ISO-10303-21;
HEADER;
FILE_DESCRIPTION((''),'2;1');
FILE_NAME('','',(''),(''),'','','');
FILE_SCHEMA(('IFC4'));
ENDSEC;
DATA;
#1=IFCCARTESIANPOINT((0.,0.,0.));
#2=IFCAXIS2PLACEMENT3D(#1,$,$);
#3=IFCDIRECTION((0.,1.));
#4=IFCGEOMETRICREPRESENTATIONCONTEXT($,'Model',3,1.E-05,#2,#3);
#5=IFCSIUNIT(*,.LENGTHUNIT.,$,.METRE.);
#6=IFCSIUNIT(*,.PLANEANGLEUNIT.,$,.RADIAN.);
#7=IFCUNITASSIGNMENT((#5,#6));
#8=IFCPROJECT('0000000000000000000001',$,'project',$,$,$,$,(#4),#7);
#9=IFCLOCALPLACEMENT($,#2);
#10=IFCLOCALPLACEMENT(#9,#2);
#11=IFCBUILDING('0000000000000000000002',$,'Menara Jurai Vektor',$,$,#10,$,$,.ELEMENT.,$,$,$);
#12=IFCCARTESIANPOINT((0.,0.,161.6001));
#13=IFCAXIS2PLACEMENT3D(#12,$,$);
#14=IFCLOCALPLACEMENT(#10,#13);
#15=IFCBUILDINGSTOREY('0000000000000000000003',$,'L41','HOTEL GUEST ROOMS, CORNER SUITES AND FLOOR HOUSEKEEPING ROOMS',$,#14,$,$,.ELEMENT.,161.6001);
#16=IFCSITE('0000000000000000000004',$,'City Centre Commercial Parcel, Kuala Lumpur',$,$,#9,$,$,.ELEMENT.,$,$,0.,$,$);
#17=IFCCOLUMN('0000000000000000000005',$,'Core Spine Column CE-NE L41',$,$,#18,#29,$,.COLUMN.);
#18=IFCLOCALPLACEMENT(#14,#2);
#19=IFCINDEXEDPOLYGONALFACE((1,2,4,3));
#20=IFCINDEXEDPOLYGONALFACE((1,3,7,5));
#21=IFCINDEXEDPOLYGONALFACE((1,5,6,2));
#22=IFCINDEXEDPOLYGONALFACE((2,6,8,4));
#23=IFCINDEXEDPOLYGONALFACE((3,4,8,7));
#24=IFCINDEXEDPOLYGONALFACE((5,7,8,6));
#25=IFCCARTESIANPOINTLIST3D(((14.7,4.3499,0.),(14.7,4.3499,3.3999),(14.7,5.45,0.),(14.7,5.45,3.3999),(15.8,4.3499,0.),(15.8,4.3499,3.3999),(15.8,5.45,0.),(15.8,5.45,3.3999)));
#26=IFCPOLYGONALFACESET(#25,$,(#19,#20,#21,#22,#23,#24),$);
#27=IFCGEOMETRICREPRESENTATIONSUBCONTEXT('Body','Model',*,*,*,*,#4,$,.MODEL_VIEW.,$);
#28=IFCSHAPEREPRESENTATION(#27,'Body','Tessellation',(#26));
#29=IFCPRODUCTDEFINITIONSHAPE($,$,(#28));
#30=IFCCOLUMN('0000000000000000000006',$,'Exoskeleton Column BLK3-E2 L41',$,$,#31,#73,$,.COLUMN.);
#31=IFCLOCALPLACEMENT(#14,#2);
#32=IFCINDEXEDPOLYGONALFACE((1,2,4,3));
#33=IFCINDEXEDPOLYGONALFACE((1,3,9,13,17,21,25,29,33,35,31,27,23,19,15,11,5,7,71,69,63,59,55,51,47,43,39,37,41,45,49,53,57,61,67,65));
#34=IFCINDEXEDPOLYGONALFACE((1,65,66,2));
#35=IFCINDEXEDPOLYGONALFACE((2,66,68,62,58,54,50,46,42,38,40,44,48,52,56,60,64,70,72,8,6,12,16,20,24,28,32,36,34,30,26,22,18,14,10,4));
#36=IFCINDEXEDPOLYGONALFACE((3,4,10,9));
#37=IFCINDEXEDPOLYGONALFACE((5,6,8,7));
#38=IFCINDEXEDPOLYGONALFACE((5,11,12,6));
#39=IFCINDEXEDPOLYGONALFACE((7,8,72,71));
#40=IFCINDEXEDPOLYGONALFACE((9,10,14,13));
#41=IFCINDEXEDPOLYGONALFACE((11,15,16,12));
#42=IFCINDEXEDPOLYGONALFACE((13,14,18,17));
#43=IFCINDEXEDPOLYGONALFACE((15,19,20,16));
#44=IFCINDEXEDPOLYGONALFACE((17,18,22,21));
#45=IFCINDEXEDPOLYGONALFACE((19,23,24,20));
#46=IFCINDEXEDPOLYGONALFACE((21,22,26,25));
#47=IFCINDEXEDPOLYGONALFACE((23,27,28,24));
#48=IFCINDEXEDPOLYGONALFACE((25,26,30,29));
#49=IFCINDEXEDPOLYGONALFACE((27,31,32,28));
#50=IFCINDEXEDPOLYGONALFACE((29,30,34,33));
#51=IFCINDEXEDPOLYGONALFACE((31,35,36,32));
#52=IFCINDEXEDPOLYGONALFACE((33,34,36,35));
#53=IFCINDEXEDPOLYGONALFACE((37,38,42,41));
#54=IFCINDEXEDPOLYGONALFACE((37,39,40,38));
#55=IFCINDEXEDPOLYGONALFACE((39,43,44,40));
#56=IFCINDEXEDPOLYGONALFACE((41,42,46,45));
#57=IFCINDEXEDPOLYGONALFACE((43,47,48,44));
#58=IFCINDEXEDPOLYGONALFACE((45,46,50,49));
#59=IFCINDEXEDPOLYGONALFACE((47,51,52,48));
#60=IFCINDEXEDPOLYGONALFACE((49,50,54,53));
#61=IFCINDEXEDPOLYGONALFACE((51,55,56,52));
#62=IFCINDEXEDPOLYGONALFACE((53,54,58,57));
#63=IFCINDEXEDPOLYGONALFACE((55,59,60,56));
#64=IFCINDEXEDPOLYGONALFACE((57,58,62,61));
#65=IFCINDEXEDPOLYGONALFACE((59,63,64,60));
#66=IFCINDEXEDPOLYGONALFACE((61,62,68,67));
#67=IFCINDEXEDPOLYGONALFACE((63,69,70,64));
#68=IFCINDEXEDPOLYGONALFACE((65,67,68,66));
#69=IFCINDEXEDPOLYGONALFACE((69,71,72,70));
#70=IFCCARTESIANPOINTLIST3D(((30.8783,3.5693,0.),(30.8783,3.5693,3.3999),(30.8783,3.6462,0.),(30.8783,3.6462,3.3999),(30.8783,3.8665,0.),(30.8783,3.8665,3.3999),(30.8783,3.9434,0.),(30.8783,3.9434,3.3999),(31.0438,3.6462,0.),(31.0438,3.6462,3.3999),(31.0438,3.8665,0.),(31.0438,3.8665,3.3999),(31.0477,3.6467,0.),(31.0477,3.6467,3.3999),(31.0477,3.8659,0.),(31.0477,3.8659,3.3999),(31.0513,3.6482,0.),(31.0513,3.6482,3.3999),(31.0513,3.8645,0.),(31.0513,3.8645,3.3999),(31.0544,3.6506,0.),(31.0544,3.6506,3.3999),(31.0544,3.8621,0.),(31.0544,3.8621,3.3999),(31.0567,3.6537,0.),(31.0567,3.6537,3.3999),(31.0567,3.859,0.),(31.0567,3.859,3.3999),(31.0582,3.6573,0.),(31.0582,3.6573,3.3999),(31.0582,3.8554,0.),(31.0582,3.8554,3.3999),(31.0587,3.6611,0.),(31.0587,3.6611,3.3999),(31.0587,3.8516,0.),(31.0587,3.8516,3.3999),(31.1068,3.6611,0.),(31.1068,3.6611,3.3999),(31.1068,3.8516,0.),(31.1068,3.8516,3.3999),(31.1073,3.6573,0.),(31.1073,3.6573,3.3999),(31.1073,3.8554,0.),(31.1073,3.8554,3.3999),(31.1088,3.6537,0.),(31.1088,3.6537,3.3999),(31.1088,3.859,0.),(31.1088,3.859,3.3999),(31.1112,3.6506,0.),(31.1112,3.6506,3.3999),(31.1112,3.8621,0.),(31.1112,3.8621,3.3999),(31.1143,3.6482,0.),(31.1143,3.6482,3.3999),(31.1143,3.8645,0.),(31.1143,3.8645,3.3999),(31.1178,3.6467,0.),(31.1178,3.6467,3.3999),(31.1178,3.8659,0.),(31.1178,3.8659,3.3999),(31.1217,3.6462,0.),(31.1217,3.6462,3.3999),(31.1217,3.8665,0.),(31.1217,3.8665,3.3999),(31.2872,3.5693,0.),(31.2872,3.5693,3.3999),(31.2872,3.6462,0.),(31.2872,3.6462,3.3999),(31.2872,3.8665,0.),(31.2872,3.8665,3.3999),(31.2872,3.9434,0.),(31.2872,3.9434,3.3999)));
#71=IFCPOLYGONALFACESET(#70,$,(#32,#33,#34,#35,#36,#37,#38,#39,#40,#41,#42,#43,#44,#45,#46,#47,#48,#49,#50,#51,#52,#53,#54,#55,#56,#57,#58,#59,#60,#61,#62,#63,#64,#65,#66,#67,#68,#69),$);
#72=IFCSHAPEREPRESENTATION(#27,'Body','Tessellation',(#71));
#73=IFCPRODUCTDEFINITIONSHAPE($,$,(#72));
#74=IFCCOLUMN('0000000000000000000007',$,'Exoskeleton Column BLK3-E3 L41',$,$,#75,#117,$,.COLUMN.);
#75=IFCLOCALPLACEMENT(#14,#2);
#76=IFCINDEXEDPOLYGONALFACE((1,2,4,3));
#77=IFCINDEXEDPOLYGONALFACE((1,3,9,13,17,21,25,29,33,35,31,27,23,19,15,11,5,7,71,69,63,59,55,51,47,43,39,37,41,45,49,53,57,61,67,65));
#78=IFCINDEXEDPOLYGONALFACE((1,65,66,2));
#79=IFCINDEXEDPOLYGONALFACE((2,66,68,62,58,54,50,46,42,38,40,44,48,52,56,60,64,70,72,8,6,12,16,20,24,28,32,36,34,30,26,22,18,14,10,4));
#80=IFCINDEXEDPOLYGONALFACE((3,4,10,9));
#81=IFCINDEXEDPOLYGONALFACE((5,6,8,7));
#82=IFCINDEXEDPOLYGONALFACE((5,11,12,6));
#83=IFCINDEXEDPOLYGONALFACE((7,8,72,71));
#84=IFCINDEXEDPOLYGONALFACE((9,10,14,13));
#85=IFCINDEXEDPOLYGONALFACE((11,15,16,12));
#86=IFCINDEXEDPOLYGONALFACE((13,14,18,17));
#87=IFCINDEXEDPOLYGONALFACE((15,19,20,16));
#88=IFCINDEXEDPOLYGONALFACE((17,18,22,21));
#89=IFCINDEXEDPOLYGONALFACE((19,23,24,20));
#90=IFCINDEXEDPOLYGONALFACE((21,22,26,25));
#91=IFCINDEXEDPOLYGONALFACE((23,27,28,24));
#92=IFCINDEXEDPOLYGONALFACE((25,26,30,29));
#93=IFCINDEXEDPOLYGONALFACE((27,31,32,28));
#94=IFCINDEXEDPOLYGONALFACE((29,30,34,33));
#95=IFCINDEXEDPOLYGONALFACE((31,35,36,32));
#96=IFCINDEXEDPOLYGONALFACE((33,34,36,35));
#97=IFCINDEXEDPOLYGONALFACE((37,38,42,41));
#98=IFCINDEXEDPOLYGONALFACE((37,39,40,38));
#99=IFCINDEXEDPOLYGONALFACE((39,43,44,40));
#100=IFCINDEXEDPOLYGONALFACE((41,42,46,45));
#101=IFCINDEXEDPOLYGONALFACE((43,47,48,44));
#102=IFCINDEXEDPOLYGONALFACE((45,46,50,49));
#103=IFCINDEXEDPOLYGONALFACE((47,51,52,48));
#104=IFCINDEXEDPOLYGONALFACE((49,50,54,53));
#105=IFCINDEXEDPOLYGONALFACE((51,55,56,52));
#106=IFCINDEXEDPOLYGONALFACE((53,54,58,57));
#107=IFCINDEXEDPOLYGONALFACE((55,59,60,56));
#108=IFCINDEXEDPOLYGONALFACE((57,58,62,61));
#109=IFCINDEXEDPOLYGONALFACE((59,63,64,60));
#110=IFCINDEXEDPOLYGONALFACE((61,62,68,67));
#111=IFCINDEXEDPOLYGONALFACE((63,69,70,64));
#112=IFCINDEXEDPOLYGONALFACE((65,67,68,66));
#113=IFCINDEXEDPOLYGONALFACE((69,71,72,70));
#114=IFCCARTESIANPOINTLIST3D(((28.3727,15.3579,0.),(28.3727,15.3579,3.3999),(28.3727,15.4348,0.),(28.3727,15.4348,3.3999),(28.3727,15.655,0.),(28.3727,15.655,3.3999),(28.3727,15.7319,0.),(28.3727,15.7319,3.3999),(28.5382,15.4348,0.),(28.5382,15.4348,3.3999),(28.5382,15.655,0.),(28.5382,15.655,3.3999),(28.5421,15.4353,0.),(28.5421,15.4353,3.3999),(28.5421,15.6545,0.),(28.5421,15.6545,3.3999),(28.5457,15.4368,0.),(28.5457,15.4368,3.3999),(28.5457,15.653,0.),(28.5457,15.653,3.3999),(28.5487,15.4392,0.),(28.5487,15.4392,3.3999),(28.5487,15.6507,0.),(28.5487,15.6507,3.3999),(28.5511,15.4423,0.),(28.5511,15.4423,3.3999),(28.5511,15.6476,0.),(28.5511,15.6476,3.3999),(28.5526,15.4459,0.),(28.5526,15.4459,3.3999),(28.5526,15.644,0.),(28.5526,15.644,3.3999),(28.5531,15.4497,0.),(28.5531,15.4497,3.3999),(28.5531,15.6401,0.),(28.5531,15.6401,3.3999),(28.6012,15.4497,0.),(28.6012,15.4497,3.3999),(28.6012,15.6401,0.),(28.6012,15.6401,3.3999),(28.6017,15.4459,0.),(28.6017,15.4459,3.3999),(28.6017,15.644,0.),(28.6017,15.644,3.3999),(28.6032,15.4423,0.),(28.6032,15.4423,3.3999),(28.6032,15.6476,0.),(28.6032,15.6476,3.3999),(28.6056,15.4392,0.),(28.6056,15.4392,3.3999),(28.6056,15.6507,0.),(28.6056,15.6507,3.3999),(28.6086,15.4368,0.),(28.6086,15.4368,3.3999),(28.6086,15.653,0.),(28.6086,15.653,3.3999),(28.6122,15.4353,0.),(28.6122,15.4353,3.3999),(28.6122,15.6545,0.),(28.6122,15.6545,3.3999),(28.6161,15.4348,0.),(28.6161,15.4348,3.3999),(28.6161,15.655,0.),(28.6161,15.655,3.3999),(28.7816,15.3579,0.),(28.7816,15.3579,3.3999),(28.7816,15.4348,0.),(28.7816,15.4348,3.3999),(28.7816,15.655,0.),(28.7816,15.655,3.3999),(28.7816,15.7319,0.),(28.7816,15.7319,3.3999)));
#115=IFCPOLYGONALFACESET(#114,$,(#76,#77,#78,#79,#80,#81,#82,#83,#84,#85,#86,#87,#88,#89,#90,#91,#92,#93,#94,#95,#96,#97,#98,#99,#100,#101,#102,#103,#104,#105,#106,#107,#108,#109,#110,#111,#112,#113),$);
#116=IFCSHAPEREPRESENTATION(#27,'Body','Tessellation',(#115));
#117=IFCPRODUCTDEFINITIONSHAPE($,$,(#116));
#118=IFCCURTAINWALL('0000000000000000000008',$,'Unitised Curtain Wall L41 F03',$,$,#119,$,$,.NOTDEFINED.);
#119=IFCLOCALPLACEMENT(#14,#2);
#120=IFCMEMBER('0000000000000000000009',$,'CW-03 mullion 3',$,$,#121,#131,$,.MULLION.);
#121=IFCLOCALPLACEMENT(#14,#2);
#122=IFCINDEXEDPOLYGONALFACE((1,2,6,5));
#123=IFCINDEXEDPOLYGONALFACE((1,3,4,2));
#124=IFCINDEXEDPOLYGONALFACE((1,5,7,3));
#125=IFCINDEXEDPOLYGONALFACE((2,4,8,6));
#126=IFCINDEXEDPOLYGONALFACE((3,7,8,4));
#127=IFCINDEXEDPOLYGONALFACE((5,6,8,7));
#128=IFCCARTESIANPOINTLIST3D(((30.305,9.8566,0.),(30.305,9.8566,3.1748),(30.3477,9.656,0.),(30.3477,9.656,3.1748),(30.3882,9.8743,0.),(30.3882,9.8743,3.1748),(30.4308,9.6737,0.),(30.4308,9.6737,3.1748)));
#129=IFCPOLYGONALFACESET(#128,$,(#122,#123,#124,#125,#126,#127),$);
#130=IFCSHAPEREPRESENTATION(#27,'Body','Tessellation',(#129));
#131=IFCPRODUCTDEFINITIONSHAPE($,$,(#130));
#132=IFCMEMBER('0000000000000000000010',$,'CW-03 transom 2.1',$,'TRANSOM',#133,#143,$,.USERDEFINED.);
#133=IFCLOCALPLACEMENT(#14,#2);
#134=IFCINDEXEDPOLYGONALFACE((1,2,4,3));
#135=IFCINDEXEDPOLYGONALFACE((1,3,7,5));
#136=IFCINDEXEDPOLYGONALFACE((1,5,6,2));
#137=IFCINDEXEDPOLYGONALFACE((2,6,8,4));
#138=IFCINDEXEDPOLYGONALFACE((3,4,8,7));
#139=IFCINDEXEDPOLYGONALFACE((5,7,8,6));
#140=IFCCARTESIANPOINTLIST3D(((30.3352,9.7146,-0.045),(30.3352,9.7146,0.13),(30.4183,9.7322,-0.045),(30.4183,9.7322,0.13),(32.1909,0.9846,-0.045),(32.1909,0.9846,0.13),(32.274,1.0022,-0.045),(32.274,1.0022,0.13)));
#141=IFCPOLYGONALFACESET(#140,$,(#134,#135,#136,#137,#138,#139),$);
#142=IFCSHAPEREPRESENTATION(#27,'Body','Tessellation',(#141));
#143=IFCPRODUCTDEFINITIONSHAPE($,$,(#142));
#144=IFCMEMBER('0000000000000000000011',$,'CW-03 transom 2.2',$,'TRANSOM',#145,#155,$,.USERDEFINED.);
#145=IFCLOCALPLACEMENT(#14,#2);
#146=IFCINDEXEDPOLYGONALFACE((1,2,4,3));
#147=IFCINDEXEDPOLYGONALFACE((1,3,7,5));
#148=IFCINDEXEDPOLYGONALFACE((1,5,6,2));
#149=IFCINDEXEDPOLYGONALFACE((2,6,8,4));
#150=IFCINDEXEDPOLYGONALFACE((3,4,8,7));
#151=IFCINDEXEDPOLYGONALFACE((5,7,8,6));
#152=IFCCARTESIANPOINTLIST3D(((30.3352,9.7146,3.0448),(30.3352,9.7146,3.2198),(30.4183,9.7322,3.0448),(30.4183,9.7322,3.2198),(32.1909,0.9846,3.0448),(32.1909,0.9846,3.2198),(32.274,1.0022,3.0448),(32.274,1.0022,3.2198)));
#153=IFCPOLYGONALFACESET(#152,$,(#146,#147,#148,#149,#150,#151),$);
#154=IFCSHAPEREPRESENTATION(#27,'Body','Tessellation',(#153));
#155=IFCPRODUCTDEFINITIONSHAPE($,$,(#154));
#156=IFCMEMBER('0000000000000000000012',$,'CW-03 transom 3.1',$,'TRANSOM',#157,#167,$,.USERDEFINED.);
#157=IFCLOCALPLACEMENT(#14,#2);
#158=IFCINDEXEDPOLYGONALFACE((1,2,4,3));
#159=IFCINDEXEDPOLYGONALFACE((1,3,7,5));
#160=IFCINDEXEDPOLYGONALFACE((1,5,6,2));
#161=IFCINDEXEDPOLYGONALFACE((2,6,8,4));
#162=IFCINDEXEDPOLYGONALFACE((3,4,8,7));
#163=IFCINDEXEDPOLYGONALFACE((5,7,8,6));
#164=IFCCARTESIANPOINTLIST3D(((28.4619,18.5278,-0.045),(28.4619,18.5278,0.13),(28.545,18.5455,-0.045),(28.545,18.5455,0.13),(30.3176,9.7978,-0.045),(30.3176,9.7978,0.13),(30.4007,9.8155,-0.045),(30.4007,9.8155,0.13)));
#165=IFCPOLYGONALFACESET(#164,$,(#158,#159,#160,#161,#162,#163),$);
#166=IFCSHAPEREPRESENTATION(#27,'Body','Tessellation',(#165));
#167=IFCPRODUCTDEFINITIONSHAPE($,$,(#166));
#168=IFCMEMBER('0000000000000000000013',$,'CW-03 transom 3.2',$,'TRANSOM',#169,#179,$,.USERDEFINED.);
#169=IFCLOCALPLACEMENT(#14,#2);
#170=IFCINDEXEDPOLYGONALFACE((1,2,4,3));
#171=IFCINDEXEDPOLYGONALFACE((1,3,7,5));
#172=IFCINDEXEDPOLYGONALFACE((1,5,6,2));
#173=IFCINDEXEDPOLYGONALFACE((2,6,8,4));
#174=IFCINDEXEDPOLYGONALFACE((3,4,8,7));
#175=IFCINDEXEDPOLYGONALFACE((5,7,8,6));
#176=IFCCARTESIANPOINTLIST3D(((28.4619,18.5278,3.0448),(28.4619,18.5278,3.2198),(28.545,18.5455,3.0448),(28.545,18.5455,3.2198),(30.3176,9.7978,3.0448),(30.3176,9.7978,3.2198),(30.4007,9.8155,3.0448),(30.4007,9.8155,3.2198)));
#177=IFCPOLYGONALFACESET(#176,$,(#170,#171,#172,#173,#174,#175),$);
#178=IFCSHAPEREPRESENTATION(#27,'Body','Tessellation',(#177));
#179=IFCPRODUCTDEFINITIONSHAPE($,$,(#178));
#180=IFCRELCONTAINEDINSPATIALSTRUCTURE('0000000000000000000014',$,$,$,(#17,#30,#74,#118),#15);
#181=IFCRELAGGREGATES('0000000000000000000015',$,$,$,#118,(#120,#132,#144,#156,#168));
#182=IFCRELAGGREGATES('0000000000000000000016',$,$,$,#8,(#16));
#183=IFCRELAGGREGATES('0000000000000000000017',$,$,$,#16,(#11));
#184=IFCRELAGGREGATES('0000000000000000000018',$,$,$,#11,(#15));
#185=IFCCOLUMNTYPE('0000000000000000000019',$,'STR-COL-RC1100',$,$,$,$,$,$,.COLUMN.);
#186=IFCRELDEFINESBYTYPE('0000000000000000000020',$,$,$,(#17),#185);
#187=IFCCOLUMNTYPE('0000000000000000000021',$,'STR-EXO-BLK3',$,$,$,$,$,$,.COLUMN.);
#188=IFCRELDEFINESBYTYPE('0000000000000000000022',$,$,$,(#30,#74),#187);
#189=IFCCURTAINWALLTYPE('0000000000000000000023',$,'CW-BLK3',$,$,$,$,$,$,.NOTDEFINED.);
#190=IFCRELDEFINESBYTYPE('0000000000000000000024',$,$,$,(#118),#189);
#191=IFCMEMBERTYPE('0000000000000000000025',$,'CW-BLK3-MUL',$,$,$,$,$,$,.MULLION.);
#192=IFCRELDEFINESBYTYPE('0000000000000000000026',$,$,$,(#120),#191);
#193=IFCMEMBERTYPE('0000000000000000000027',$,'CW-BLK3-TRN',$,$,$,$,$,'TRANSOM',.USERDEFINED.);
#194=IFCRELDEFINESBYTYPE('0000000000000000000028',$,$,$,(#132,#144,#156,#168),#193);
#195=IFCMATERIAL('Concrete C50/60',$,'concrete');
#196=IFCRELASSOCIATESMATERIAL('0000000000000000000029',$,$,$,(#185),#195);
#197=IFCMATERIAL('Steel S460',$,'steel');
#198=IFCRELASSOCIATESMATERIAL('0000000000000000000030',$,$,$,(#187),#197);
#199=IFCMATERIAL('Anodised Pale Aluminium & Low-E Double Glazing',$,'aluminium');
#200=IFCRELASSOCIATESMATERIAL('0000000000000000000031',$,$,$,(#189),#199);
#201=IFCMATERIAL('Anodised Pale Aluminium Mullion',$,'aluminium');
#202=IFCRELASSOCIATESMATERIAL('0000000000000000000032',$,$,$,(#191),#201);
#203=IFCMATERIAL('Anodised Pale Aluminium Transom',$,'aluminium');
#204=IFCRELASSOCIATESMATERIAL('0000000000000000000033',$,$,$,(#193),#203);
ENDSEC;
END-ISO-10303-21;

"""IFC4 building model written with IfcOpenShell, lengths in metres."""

from ifc_helpers import new_model, si_unit, direction, frame, origin, origin_2d, place, context, subcontext, project, spatial, rectangle, i_section, extrude, material, material_profile, profile_set, type_object, element, aggregate, save


model = new_model("IFC4")

# Units and contexts
model_context = context("Model", 3, precision=1e-05, world=origin(), true_north=direction((0.0, 1.0)))
body_context = subcontext(model_context, "Body", "Model", "MODEL_VIEW")
ifc_project = project(units=[si_unit("LENGTHUNIT", "METRE"), si_unit("PLANEANGLEUNIT", "RADIAN")], contexts=[model_context])

# Site, building, storey
site_placement = place(None, origin())
site = spatial("IfcSite", under=ifc_project, at=site_placement, Name="City Centre Commercial Parcel, Kuala Lumpur", CompositionType="ELEMENT", RefElevation=0.0)
building_placement = place(site_placement, origin())
building = spatial("IfcBuilding", under=site, at=building_placement, Name="Menara Jurai Vektor", CompositionType="ELEMENT")
storey_placement = place(building_placement, frame((0.0, 0.0, 161.6001)))
storey = spatial("IfcBuildingStorey", under=building, at=storey_placement, Name="L41", Description="HOTEL GUEST ROOMS, CORNER SUITES AND FLOOR HOUSEKEEPING ROOMS", CompositionType="ELEMENT", Elevation=161.6001)

# Columns
ifc_material_1 = material(Name="Concrete C50/60", Category="concrete")
ifc_material_profile_1 = material_profile(ifc_material_1, rectangle(XDim=1.1001, YDim=1.1001, at=origin_2d()), Name="RC 1100x1100")
ifc_profile_set_1 = profile_set([ifc_material_profile_1], Name="Concrete C50/60")
column_type_1 = type_object("IfcColumnType", Name="STR-COL-RC1100", PredefinedType="COLUMN", material=ifc_profile_set_1)
column_placement = place(storey_placement, frame((15.25, 4.8999, 0.0), z_axis=(0.0, 0.0, 1.0), x_axis=(1.0, 0.0, 0.0)))
element("IfcColumn", 1, at=column_placement, inside=storey, type_object=column_type_1, Name="Core Spine Column CE-NE L41", PredefinedType="COLUMN", context=body_context, shape_type="SweptSolid", body=[
    extrude(rectangle(XDim=1.1001, YDim=1.1001, at=origin_2d()), origin(), (0.0, 0.0, 1.0), 3.3999),
])
ifc_material_2 = material(Name="Steel S460", Category="steel")
ifc_material_profile_2 = material_profile(ifc_material_2, i_section(OverallWidth=0.4089, OverallDepth=0.374, WebThickness=0.0481, FlangeThickness=0.0769, FilletRadius=0.0149, at=origin_2d()), Name="HD 400x634")
ifc_profile_set_2 = profile_set([ifc_material_profile_2], Name="Steel S460")
column_type_2 = type_object("IfcColumnType", Name="STR-EXO-BLK3", PredefinedType="COLUMN", material=ifc_profile_set_2)
for number, where, z_axis, x_axis, name in (
    (2, (31.0828, 3.7563, 0.0), (0.0, 0.0, 1.0), (1.0, 0.0, 0.0), "Exoskeleton Column BLK3-E2 L41"),
    (3, (28.5771, 15.5449, 0.0), (0.0, 0.0, 1.0), (1.0, 0.0, 0.0), "Exoskeleton Column BLK3-E3 L41"),
):
    element("IfcColumn", number, at=place(storey_placement, frame(where, z_axis=z_axis, x_axis=x_axis)), inside=storey, type_object=column_type_2, Name=name, PredefinedType="COLUMN", context=body_context, shape_type="SweptSolid", body=[
        extrude(i_section(OverallWidth=0.4089, OverallDepth=0.374, WebThickness=0.0481, FlangeThickness=0.0769, FilletRadius=0.0149, at=origin_2d()), origin(), (0.0, 0.0, 1.0), 3.3999),
    ])

# Curtain wall, members
ifc_material_3 = material(Name="Anodised Pale Aluminium & Low-E Double Glazing", Category="aluminium")
curtain_wall_type = type_object("IfcCurtainWallType", Name="CW-BLK3", PredefinedType="NOTDEFINED", material=ifc_material_3)
curtain_wall_placement = place(storey_placement, origin())
curtain_wall = element("IfcCurtainWall", 4, at=curtain_wall_placement, inside=storey, type_object=curtain_wall_type, Name="Unitised Curtain Wall L41 F03", PredefinedType="NOTDEFINED")
ifc_material_4 = material(Name="Anodised Pale Aluminium Mullion", Category="aluminium")
ifc_material_profile_3 = material_profile(ifc_material_4, rectangle(XDim=0.085, YDim=0.2051, at=origin_2d()), Name="ALU MUL 85x205")
ifc_profile_set_3 = profile_set([ifc_material_profile_3], Name="Anodised Pale Aluminium Mullion")
member_type_1 = type_object("IfcMemberType", Name="CW-BLK3-MUL", PredefinedType="MULLION", material=ifc_profile_set_3)
member_1_placement = place(storey_placement, frame((30.3679, 9.7651, 0.0), z_axis=(0.0, 0.0, 1.0), x_axis=(-0.978148, -0.20791, 0.0)))
member_1 = element("IfcMember", 5, at=member_1_placement, type_object=member_type_1, Name="CW-03 mullion 3", PredefinedType="MULLION", context=body_context, shape_type="SweptSolid", body=[
    extrude(rectangle(XDim=0.085, YDim=0.2051, at=origin_2d()), origin(), (0.0, 0.0, 1.0), 3.1748),
])
ifc_material_5 = material(Name="Anodised Pale Aluminium Transom", Category="aluminium")
ifc_material_profile_4 = material_profile(ifc_material_5, rectangle(XDim=0.085, YDim=0.175, at=origin_2d()), Name="ALU TRN 85x175")
ifc_profile_set_4 = profile_set([ifc_material_profile_4], Name="Anodised Pale Aluminium Transom")
member_type_2 = type_object("IfcMemberType", Name="CW-BLK3-TRN", ElementType="TRANSOM", PredefinedType="USERDEFINED", material=ifc_profile_set_4)
member_2_placement = place(storey_placement, frame((32.2324, 0.9934, 0.0425), z_axis=(-0.207922, 0.978145, 0.0), x_axis=(-0.978145, -0.207922, 0.0)))
member_2 = element("IfcMember", 6, at=member_2_placement, type_object=member_type_2, Name="CW-03 transom 2.1", ObjectType="TRANSOM", PredefinedType="USERDEFINED", context=body_context, shape_type="SweptSolid", body=[
    extrude(rectangle(XDim=0.085, YDim=0.175, at=origin_2d()), origin(), (0.0, 0.0, 1.0), 8.925),
])
member_3_placement = place(storey_placement, frame((32.2324, 0.9934, 3.1323), z_axis=(-0.207922, 0.978145, 0.0), x_axis=(-0.978145, -0.207922, 0.0)))
member_3 = element("IfcMember", 7, at=member_3_placement, type_object=member_type_2, Name="CW-03 transom 2.2", ObjectType="TRANSOM", PredefinedType="USERDEFINED", context=body_context, shape_type="SweptSolid", body=[
    extrude(rectangle(XDim=0.085, YDim=0.175, at=origin_2d()), origin(), (0.0, 0.0, 1.0), 8.925),
])
member_4_placement = place(storey_placement, frame((30.3591, 9.8066, 0.0425), z_axis=(-0.207922, 0.978145, 0.0), x_axis=(-0.978145, -0.207922, 0.0)))
member_4 = element("IfcMember", 8, at=member_4_placement, type_object=member_type_2, Name="CW-03 transom 3.1", ObjectType="TRANSOM", PredefinedType="USERDEFINED", context=body_context, shape_type="SweptSolid", body=[
    extrude(rectangle(XDim=0.085, YDim=0.175, at=origin_2d()), origin(), (0.0, 0.0, 1.0), 8.925),
])
member_5_placement = place(storey_placement, frame((30.3591, 9.8066, 3.1323), z_axis=(-0.207922, 0.978145, 0.0), x_axis=(-0.978145, -0.207922, 0.0)))
member_5 = element("IfcMember", 9, at=member_5_placement, type_object=member_type_2, Name="CW-03 transom 3.2", ObjectType="TRANSOM", PredefinedType="USERDEFINED", context=body_context, shape_type="SweptSolid", body=[
    extrude(rectangle(XDim=0.085, YDim=0.175, at=origin_2d()), origin(), (0.0, 0.0, 1.0), 8.925),
])

aggregate(curtain_wall, [member_1, member_2, member_3, member_4, member_5])

save(model, "model.ifc")
